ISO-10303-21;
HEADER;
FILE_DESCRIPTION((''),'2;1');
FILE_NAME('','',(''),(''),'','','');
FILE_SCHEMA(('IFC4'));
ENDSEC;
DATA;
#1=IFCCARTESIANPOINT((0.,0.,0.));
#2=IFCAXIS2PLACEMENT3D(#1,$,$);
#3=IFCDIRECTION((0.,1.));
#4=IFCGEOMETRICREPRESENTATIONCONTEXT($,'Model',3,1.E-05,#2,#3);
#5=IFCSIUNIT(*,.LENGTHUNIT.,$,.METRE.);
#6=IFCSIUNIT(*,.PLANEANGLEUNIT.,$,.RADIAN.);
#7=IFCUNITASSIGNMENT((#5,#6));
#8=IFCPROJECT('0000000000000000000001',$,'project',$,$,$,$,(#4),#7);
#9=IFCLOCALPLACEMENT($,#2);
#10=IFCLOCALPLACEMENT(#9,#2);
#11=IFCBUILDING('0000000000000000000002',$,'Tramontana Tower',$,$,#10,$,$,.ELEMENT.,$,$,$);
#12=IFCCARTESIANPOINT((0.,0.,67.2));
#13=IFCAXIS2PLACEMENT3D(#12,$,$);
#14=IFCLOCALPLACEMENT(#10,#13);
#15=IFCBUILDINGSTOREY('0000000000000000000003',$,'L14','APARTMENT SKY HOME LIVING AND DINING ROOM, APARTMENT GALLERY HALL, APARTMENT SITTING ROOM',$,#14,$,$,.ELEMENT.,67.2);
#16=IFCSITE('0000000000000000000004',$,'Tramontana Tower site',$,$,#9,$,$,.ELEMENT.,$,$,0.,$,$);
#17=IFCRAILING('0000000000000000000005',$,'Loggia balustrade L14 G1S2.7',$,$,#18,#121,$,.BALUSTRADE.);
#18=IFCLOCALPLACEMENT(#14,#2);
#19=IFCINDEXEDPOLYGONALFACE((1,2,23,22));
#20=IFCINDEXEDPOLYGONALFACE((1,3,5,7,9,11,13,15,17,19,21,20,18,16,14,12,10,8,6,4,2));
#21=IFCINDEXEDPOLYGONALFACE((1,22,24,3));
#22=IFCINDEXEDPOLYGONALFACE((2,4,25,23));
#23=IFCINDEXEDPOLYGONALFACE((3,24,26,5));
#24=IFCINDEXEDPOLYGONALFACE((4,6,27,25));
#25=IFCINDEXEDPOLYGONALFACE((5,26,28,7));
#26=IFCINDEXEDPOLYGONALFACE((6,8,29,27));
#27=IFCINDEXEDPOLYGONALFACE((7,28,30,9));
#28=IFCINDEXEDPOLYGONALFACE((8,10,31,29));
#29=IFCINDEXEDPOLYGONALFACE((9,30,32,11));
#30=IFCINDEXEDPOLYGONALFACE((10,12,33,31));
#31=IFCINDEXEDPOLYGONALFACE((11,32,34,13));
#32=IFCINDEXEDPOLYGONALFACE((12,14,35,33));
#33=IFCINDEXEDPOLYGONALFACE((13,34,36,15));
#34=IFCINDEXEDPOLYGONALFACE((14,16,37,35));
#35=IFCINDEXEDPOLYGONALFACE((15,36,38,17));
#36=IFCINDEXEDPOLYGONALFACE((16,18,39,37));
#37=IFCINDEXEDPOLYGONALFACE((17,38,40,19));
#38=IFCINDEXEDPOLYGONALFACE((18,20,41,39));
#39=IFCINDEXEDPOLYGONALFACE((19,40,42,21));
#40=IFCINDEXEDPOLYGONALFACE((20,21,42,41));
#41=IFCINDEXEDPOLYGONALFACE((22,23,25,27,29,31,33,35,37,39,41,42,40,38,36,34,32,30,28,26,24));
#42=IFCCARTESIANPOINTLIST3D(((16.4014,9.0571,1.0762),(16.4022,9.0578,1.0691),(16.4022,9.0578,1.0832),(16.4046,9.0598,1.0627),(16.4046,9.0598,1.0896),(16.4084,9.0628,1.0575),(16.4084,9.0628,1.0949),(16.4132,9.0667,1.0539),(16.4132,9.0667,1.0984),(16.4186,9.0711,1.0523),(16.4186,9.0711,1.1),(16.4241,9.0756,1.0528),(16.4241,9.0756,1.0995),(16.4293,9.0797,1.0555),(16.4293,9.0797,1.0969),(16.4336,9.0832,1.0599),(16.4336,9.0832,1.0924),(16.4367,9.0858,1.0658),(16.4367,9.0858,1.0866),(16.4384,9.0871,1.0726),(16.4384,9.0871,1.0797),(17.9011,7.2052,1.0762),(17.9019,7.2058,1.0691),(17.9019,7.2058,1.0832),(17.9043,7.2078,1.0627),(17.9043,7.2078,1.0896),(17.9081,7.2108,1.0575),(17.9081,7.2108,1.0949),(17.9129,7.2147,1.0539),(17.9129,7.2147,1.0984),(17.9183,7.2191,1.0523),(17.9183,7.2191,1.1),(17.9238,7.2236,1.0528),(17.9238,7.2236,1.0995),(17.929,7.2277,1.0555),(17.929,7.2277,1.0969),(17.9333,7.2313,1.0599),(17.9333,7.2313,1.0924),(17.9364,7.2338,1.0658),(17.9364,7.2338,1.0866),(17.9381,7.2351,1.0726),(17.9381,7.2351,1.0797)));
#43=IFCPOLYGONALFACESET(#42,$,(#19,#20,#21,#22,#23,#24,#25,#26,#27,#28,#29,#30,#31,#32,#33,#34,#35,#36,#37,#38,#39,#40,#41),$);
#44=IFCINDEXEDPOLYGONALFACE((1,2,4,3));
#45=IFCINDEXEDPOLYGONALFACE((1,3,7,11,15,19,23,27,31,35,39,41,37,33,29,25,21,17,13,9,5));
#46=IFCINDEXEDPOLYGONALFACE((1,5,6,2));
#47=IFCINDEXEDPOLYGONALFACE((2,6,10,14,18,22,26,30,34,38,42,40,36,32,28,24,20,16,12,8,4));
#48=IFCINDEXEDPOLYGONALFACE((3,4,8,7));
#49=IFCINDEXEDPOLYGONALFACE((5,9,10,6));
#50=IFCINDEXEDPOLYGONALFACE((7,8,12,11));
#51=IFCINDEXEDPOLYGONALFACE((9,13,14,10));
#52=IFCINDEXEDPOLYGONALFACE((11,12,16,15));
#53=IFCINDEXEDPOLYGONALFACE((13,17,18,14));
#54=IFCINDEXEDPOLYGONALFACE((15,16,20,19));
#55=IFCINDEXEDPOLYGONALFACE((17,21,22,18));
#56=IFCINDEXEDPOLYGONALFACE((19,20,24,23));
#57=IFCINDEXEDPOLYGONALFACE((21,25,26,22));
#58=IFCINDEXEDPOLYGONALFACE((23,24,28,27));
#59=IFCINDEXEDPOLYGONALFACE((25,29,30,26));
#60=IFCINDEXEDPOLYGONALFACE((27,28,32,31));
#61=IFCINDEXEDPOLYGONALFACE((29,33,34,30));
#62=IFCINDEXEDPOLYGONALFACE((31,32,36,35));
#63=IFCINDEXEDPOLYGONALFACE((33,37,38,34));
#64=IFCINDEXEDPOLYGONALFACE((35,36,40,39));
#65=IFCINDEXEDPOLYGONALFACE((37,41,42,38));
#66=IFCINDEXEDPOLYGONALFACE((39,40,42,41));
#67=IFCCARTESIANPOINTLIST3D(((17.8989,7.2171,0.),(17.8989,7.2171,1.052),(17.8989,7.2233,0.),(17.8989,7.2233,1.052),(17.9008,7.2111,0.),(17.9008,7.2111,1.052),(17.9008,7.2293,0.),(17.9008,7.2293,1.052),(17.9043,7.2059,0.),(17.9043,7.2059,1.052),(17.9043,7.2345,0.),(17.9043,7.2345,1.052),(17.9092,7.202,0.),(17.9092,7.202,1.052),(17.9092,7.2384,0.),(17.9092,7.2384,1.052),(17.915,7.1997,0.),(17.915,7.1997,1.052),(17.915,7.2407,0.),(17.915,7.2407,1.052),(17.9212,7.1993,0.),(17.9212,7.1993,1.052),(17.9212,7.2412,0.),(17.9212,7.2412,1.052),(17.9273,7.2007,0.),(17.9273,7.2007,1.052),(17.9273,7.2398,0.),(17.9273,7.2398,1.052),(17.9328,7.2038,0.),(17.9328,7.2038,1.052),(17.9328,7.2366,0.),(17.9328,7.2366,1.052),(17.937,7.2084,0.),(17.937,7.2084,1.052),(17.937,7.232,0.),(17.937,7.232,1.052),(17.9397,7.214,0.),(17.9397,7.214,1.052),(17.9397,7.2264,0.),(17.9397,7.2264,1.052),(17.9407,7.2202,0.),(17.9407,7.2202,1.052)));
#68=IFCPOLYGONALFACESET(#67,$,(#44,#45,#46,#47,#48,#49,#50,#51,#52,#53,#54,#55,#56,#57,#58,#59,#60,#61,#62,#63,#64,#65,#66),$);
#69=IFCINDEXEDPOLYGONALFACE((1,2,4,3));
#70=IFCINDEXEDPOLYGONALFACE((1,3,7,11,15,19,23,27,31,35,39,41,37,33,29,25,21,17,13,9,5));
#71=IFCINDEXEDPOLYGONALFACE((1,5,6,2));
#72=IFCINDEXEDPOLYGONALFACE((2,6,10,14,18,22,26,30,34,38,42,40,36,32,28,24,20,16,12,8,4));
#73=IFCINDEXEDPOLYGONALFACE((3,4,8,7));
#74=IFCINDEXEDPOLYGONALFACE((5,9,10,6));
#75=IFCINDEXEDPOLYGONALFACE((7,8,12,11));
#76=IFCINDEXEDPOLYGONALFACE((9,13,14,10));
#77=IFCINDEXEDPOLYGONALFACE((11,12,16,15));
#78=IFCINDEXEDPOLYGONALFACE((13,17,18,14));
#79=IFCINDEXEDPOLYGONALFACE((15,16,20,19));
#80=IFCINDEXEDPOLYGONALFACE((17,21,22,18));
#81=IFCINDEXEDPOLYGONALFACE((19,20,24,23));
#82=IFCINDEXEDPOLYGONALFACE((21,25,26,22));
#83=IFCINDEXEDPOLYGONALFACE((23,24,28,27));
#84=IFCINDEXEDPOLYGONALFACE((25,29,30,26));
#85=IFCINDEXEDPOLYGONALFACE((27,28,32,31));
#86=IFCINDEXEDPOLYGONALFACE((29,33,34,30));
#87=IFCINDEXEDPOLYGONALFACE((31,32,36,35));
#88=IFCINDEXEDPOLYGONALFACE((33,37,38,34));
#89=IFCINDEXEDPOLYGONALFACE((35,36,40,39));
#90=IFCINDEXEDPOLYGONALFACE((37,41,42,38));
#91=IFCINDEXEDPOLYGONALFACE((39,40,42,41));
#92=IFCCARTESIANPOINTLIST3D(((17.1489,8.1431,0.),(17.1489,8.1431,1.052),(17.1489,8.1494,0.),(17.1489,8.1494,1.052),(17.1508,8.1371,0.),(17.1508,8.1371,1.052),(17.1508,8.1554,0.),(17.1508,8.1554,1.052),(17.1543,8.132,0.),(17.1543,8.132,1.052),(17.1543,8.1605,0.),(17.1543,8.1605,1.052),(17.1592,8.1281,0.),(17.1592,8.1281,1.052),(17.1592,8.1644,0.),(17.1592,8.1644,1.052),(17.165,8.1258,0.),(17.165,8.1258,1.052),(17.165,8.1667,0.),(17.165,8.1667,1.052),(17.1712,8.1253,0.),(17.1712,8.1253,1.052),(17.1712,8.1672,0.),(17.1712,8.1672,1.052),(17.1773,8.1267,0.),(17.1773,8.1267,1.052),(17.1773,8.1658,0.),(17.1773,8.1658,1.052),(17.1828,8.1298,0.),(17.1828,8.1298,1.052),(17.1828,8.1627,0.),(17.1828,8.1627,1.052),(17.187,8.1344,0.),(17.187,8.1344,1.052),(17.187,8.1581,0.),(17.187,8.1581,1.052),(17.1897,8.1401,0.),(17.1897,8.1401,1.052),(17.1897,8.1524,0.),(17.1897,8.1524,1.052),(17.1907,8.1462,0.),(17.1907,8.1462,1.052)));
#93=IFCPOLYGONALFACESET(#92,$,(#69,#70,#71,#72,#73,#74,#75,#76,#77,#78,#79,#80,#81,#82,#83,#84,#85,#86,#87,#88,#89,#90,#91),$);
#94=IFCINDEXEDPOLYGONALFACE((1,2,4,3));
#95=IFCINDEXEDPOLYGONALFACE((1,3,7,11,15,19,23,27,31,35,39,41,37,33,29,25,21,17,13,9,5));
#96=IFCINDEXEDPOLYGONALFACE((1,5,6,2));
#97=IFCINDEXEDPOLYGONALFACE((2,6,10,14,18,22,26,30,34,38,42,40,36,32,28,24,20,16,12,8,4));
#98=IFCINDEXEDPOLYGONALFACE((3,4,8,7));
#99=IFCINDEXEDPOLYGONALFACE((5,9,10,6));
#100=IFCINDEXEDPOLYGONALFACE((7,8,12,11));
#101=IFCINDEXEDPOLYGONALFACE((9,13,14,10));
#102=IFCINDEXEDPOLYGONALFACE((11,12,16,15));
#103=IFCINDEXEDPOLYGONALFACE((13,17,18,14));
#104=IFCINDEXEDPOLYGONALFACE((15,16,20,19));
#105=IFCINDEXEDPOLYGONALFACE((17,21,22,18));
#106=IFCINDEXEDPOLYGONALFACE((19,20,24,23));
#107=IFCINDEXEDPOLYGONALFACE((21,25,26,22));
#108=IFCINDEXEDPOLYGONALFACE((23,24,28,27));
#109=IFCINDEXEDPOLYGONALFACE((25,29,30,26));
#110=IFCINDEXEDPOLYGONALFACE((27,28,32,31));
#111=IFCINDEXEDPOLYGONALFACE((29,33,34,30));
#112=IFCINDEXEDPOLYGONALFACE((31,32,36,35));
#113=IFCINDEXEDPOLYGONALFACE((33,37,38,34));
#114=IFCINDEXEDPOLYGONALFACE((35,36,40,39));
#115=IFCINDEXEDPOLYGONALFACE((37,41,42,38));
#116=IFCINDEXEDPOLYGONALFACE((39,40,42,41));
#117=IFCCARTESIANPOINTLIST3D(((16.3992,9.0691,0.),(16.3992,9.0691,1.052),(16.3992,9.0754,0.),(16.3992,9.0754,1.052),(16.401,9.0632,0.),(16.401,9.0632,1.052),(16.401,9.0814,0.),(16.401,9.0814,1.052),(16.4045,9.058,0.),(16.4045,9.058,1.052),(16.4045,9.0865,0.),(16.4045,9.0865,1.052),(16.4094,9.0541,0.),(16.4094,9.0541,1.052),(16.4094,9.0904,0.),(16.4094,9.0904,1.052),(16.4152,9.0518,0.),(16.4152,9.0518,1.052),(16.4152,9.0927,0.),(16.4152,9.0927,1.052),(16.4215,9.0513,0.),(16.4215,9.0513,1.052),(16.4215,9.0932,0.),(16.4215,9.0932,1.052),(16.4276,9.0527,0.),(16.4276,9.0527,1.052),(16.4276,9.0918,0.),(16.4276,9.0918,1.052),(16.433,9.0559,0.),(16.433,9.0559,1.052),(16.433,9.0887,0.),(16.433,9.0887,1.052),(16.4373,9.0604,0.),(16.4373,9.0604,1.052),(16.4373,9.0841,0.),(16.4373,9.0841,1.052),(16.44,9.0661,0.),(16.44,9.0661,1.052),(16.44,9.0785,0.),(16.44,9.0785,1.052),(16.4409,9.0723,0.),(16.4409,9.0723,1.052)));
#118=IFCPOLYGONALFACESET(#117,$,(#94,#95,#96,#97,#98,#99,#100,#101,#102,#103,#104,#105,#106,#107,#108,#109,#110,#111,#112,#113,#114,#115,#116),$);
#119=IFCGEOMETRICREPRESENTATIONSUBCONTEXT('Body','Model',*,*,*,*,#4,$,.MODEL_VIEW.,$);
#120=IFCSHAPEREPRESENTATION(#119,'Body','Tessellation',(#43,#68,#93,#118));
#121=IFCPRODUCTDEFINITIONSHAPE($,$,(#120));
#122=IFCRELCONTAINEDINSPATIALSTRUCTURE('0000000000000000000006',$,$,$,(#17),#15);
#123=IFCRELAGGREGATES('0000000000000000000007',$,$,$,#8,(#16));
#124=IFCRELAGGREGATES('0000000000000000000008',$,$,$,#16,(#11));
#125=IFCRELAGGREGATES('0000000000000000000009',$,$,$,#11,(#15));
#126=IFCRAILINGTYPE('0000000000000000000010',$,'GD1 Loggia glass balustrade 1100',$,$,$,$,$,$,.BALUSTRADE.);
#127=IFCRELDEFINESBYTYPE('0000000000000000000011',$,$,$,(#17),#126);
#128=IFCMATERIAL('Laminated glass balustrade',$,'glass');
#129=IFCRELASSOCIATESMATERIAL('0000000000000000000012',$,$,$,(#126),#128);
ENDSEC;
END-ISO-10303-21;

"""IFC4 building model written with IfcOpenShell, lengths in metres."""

from ifc_helpers import new_model, si_unit, direction, frame, origin, origin_2d, place, context, subcontext, project, spatial, circle, extrude, material, type_object, element, save


model = new_model("IFC4")

# Units and contexts
model_context = context("Model", 3, precision=1e-05, world=origin(), true_north=direction((0.0, 1.0)))
body_context = subcontext(model_context, "Body", "Model", "MODEL_VIEW")
ifc_project = project(units=[si_unit("LENGTHUNIT", "METRE"), si_unit("PLANEANGLEUNIT", "RADIAN")], contexts=[model_context])

# Site, building, storey
site_placement = place(None, origin())
site = spatial("IfcSite", under=ifc_project, at=site_placement, Name="Tramontana Tower site", CompositionType="ELEMENT", RefElevation=0.0)
building_placement = place(site_placement, origin())
building = spatial("IfcBuilding", under=site, at=building_placement, Name="Tramontana Tower", CompositionType="ELEMENT")
storey_placement = place(building_placement, frame((0.0, 0.0, 67.2)))
storey = spatial("IfcBuildingStorey", under=building, at=storey_placement, Name="L14", Description="APARTMENT SKY HOME LIVING AND DINING ROOM, APARTMENT GALLERY HALL, APARTMENT SITTING ROOM", CompositionType="ELEMENT", Elevation=67.2)

# Railing
ifc_material_1 = material(Name="Laminated glass balustrade", Category="glass")
railing_type = type_object("IfcRailingType", Name="GD1 Loggia glass balustrade 1100", PredefinedType="BALUSTRADE", material=ifc_material_1)
railing_1_placement = place(storey_placement, frame((17.9197, 7.2202, 0.0)))
element("IfcRailing", 1, at=railing_1_placement, inside=storey, type_object=railing_type, Name="Loggia balustrade L14 G1S2.7", PredefinedType="BALUSTRADE", context=body_context, shape_type="SweptSolid", body=[
    extrude(circle(Radius=0.0239, at=origin_2d()), frame((0.0, 0.0, 1.0762), z_axis=(-0.629319, 0.777147, 0.0), x_axis=(-0.777147, -0.629319, 0.0)), (0.0, 0.0, 1.0), 2.3831),
    extrude(circle(Radius=0.021, at=origin_2d()), origin(), (0.0, 0.0, 1.0), 1.052),
    extrude(circle(Radius=0.021, at=origin_2d()), frame((-0.75, 0.926, 0.0)), (0.0, 0.0, 1.0), 1.052),
    extrude(circle(Radius=0.021, at=origin_2d()), frame((-1.4998, 1.8521, 0.0)), (0.0, 0.0, 1.0), 1.052),
])

save(model, "model.ifc")
